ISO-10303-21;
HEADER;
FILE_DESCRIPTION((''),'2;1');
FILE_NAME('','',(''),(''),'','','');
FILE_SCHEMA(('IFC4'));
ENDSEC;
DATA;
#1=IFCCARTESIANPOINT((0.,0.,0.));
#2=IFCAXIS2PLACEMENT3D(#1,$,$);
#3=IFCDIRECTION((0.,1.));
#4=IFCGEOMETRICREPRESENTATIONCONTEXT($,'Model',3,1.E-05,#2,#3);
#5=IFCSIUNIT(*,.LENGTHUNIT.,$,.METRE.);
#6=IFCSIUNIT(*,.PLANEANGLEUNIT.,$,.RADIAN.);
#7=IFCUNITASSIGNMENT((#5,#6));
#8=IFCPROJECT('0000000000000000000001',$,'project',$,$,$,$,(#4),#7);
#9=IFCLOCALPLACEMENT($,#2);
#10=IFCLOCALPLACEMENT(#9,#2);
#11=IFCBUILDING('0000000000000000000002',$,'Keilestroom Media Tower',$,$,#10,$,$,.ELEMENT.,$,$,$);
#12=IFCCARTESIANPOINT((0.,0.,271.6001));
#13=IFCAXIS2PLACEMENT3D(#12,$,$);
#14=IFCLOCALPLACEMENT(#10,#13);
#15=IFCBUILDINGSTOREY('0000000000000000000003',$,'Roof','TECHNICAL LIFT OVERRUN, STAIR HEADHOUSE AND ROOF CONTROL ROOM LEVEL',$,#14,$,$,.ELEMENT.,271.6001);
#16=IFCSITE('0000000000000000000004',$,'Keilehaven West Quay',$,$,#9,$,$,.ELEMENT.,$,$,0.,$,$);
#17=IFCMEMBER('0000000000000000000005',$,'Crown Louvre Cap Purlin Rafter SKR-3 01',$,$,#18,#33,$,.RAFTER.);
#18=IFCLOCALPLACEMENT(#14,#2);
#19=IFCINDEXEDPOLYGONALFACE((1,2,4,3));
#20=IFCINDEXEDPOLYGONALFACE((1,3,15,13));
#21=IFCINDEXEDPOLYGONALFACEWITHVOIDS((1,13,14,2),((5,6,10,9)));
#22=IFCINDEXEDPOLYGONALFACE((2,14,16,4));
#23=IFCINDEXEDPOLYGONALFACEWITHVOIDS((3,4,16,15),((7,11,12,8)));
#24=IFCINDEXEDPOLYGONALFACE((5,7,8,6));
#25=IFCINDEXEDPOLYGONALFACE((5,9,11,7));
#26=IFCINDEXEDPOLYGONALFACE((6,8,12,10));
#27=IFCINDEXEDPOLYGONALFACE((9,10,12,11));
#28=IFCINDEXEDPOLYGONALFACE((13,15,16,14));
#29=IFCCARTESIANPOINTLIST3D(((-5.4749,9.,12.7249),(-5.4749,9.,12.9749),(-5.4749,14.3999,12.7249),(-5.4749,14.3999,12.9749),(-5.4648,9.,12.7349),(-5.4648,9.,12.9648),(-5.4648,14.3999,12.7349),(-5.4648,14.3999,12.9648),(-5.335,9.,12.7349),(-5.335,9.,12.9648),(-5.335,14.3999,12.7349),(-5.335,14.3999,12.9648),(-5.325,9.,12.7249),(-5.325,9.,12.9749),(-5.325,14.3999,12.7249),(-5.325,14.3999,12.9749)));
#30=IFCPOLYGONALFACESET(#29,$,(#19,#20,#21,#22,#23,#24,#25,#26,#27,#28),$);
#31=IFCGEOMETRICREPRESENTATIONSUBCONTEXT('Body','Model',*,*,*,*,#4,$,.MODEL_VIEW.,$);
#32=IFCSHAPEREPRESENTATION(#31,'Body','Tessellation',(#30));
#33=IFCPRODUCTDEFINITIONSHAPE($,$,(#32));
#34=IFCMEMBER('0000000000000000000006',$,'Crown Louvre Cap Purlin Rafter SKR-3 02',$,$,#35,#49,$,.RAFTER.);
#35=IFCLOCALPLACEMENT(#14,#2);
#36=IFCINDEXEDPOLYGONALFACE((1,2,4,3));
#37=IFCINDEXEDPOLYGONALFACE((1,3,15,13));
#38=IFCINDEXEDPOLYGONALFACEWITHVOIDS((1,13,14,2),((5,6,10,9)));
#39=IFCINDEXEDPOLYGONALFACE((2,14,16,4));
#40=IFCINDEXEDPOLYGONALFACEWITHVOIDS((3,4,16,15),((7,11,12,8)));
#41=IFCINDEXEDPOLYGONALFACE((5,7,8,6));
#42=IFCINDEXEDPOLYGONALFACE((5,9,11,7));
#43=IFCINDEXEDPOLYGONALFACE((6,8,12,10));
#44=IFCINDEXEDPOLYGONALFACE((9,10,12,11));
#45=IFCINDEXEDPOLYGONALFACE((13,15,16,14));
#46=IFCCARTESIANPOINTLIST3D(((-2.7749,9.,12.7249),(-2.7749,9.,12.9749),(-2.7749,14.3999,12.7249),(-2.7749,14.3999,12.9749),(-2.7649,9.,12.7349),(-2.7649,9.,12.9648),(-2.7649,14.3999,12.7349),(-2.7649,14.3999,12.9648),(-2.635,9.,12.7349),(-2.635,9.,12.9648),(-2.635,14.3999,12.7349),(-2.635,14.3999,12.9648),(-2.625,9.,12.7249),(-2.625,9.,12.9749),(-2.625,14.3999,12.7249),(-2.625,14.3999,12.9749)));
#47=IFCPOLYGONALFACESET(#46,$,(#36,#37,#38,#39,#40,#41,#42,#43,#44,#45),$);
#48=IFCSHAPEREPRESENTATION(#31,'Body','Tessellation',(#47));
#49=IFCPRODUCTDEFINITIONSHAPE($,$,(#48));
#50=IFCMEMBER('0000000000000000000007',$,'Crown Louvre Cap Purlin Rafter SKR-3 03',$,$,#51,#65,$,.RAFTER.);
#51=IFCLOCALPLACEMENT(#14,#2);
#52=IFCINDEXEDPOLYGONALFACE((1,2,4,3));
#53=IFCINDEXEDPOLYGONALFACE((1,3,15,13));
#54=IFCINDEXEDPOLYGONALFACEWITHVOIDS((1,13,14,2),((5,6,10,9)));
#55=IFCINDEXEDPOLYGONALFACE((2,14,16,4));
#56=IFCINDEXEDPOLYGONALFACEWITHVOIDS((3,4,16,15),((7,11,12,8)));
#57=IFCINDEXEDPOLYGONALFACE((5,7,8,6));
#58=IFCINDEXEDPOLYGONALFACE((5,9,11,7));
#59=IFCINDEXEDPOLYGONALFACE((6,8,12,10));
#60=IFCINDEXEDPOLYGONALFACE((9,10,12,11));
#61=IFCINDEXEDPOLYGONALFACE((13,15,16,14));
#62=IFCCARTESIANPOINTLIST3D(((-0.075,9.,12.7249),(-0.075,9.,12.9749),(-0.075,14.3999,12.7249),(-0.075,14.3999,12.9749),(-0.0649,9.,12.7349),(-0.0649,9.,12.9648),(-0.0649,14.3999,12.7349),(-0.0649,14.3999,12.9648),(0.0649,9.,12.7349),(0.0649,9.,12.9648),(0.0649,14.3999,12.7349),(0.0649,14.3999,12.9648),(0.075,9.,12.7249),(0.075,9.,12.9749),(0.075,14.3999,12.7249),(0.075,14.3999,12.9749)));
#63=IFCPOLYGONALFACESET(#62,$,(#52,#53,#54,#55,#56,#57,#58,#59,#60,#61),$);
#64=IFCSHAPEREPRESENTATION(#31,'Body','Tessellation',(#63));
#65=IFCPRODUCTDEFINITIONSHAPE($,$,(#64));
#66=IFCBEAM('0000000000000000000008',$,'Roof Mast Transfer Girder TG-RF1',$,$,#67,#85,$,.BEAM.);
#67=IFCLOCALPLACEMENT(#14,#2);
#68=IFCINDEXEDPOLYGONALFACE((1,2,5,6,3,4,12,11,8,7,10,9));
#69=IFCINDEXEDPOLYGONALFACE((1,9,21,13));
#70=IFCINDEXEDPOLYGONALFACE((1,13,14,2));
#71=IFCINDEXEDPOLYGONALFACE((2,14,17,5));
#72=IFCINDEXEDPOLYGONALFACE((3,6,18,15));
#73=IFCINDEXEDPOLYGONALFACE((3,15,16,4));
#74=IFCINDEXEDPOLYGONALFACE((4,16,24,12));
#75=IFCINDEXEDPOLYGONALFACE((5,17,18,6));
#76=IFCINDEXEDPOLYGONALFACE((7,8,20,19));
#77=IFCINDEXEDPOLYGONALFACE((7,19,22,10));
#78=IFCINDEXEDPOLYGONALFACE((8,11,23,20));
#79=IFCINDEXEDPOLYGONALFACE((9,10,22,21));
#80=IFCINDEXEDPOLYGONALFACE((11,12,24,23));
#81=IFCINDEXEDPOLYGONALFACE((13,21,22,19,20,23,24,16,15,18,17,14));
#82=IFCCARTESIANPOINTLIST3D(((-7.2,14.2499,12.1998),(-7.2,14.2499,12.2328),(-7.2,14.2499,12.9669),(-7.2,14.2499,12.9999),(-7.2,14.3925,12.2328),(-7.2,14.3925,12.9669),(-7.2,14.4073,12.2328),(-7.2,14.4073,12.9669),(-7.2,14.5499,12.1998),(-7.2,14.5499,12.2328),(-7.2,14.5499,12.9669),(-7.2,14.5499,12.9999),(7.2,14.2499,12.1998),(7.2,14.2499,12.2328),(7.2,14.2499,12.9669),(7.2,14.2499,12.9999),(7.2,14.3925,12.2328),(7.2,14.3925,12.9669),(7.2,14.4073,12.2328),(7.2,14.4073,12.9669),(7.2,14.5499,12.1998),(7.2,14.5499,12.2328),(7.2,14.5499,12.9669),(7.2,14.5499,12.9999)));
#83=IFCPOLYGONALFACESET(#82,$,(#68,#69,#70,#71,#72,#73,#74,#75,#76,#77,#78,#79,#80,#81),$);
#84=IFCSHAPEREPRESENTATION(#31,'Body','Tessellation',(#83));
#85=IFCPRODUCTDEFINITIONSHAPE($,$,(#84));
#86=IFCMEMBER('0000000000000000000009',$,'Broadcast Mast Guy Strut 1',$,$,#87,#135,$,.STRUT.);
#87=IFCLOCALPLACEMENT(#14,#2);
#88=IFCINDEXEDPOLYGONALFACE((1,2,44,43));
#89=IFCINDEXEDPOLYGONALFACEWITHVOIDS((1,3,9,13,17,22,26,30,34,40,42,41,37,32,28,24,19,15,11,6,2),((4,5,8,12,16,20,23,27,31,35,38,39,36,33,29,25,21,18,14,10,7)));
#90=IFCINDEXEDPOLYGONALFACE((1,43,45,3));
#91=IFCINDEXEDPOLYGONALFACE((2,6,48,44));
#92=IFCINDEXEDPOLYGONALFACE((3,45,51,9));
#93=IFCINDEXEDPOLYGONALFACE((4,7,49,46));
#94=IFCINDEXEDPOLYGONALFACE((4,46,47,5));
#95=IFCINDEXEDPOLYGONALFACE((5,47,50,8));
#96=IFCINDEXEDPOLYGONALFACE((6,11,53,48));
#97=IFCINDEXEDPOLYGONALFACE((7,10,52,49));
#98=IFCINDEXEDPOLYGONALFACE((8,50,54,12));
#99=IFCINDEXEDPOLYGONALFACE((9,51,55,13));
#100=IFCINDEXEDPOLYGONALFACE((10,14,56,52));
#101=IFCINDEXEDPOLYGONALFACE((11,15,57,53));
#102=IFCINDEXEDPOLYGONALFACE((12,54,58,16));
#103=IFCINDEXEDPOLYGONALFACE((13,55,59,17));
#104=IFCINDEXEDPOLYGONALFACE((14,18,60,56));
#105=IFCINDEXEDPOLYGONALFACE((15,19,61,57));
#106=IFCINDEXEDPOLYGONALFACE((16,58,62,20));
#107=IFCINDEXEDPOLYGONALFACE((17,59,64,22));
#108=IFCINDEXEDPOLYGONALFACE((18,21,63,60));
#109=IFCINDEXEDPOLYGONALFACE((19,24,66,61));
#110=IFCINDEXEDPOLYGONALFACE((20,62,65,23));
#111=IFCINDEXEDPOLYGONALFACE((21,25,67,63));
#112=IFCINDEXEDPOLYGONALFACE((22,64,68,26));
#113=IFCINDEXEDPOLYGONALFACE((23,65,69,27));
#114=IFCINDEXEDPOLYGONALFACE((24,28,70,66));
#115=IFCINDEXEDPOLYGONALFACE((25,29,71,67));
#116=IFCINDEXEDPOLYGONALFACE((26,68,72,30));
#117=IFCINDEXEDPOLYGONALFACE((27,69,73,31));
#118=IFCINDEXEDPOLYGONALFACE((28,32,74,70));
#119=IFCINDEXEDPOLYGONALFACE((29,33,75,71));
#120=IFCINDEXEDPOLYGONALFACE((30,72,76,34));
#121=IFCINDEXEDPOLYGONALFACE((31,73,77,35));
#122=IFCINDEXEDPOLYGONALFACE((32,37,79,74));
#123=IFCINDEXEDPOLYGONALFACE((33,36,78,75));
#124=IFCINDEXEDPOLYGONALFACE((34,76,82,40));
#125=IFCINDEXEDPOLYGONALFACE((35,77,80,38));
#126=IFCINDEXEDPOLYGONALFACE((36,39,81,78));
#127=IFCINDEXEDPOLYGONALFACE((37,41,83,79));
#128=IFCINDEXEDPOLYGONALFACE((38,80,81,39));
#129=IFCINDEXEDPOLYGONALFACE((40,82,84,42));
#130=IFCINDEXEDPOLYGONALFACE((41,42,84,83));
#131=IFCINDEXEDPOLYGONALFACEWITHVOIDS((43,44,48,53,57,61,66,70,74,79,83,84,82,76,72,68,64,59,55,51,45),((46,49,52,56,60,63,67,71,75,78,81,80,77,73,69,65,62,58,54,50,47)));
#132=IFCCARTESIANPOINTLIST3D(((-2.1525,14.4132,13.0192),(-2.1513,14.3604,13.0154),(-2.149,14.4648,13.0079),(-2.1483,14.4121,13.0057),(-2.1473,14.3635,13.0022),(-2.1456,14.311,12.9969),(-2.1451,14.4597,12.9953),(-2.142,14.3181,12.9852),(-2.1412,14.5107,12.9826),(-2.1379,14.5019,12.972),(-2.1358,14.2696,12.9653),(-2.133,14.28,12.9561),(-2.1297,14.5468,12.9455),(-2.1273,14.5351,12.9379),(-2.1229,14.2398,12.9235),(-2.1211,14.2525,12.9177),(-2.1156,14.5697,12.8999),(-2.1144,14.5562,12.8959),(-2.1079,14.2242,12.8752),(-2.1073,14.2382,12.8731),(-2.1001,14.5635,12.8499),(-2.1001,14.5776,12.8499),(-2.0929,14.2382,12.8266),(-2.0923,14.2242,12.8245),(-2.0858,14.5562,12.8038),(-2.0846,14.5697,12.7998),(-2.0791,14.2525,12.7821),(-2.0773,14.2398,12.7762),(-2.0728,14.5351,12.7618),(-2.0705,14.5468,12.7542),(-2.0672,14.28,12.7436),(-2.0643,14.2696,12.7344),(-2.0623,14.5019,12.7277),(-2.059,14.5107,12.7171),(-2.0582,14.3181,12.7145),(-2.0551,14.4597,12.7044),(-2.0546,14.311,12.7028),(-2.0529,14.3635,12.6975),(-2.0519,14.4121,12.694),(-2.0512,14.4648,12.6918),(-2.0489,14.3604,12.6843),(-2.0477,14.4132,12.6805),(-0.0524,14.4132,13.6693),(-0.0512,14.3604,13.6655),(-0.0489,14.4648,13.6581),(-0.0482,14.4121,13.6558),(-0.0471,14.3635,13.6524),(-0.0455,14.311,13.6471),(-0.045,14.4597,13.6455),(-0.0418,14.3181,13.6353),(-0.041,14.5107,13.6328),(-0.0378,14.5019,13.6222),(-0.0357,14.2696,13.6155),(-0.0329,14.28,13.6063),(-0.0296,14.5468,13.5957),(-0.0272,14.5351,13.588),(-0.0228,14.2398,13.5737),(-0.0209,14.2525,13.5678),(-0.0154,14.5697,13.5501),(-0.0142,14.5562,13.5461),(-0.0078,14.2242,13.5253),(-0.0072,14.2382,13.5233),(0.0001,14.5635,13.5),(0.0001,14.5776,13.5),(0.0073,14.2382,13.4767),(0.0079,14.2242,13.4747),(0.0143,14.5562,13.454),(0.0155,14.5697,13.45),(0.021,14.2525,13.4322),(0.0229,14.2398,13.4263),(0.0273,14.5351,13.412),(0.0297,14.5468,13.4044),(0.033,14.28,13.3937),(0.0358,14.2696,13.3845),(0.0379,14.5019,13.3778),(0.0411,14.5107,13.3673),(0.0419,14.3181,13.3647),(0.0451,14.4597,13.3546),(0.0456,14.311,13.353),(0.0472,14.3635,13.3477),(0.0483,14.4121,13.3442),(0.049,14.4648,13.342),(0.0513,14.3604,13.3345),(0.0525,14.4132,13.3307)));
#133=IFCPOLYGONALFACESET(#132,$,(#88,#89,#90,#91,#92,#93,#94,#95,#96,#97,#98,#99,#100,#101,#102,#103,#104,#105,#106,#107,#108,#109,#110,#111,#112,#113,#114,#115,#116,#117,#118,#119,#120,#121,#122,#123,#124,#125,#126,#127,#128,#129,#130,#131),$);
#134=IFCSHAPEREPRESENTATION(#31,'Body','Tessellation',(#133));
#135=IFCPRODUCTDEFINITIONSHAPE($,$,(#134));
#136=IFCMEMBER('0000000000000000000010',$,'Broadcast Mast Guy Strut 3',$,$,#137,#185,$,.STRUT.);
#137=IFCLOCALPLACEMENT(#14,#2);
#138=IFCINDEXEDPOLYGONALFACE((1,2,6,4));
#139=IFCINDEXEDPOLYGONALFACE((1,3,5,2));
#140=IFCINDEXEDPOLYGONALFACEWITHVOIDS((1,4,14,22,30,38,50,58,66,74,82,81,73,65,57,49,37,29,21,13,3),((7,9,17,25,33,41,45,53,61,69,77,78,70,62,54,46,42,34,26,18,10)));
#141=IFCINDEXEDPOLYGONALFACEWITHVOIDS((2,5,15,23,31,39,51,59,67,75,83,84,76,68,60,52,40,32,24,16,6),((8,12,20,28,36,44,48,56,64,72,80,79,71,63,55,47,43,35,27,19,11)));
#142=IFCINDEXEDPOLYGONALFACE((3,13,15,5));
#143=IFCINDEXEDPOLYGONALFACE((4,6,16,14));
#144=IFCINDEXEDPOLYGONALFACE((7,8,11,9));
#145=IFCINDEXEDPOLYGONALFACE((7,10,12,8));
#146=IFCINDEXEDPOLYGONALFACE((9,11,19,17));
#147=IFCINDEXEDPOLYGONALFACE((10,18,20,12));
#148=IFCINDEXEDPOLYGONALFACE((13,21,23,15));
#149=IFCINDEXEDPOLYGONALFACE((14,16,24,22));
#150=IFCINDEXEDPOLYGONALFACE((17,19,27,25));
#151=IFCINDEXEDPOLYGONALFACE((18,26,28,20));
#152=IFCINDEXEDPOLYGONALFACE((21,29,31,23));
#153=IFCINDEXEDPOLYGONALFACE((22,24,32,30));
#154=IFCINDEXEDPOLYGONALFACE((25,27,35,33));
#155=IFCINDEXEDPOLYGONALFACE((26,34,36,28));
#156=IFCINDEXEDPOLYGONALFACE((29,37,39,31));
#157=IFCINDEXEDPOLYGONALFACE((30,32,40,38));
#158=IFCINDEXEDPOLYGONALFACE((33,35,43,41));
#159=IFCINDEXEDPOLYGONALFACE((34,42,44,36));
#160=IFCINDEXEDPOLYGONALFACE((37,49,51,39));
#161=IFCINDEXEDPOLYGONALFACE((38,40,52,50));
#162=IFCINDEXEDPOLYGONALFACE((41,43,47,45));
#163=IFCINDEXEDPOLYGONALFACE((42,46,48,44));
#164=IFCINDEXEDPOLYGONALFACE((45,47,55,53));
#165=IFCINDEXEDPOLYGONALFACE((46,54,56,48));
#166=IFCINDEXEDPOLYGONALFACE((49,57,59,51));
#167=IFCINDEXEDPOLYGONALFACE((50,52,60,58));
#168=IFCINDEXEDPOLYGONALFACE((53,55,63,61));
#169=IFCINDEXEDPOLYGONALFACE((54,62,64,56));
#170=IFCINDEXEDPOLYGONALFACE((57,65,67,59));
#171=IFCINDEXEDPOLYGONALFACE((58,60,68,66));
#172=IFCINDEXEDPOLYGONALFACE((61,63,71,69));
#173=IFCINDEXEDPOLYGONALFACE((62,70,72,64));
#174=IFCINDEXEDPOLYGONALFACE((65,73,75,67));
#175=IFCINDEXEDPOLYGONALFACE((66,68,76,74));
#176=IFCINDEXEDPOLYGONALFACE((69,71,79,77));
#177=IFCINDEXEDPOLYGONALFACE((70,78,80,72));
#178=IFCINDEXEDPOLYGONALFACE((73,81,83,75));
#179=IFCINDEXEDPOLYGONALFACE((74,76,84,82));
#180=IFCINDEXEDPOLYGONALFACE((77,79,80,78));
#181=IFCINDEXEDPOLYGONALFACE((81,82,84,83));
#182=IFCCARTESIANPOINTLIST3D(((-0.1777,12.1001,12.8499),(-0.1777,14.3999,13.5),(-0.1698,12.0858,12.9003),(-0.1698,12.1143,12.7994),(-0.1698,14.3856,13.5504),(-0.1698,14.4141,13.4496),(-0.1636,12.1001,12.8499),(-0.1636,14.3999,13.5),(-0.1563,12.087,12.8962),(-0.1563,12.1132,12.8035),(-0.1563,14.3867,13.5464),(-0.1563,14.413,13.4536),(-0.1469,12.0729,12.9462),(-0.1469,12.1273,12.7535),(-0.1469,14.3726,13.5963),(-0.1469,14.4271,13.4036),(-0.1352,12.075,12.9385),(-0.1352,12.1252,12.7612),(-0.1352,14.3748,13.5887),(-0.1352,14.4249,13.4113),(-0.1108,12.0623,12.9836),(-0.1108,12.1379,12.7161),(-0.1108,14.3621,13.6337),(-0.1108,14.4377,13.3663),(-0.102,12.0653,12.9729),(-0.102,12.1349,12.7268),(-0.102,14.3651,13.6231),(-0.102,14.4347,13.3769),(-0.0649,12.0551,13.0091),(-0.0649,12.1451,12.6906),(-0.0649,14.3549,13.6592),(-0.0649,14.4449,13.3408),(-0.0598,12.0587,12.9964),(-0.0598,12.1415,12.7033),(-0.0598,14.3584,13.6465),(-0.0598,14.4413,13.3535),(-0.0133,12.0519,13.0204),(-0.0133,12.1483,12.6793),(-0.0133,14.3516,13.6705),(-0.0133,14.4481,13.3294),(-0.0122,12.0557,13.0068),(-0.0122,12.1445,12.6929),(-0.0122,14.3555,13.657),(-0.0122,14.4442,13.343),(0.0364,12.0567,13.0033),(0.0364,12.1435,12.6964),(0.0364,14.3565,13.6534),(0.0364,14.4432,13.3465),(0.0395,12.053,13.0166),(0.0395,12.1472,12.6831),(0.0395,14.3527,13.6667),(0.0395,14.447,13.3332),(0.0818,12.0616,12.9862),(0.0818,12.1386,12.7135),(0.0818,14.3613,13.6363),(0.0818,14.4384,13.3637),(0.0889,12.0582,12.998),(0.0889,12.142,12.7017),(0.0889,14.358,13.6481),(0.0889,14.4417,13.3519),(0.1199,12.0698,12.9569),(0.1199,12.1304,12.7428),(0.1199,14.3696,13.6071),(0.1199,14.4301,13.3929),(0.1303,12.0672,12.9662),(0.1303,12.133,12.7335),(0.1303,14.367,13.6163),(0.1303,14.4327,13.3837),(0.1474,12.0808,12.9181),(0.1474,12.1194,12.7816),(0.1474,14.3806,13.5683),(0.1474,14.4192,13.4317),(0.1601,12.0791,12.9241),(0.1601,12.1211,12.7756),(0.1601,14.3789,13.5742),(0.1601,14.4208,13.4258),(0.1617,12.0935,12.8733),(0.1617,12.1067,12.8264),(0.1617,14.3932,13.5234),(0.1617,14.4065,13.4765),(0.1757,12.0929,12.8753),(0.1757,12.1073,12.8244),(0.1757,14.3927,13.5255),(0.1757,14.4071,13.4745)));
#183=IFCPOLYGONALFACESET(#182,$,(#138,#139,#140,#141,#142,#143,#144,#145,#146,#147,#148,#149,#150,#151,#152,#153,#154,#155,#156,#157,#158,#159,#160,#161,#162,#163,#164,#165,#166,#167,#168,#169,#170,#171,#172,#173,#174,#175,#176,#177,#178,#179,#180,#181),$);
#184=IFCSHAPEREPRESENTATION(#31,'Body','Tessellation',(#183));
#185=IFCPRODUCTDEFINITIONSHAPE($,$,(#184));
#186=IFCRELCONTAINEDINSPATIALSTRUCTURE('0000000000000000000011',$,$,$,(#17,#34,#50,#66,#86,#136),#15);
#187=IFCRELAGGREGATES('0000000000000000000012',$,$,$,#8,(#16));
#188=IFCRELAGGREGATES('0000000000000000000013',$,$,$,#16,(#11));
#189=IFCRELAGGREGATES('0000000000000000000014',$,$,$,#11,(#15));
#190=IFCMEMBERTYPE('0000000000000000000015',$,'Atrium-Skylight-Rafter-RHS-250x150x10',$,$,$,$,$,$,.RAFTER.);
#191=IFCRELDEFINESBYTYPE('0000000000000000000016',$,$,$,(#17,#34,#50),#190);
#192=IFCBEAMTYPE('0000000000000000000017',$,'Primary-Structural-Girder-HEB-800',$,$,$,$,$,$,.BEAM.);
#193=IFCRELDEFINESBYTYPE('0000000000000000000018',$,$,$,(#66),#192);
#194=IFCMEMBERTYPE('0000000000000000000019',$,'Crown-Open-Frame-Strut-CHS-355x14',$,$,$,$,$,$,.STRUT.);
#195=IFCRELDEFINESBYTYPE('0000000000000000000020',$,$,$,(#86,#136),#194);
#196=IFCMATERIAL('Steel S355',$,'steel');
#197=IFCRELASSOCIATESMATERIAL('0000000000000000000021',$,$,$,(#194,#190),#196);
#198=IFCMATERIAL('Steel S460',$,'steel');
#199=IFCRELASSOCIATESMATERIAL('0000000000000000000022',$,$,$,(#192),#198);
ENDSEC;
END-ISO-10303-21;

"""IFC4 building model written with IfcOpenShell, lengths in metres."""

from ifc_helpers import new_model, si_unit, direction, frame, origin, origin_2d, place, context, subcontext, project, spatial, hollow_rectangle, hollow_circle, i_section, extrude, source, transform, mapped, material, material_profile, profile_set, type_object, element, save


model = new_model("IFC4")

# Units and contexts
model_context = context("Model", 3, precision=1e-05, world=origin(), true_north=direction((0.0, 1.0)))
body_context = subcontext(model_context, "Body", "Model", "MODEL_VIEW")
ifc_project = project(units=[si_unit("LENGTHUNIT", "METRE"), si_unit("PLANEANGLEUNIT", "RADIAN")], contexts=[model_context])

# Site, building, storey
site_placement = place(None, origin())
site = spatial("IfcSite", under=ifc_project, at=site_placement, Name="Keilehaven West Quay", CompositionType="ELEMENT", RefElevation=0.0)
building_placement = place(site_placement, origin())
building = spatial("IfcBuilding", under=site, at=building_placement, Name="Keilestroom Media Tower", CompositionType="ELEMENT")
storey_placement = place(building_placement, frame((0.0, 0.0, 271.6001)))
storey = spatial("IfcBuildingStorey", under=building, at=storey_placement, Name="Roof", Description="TECHNICAL LIFT OVERRUN, STAIR HEADHOUSE AND ROOF CONTROL ROOM LEVEL", CompositionType="ELEMENT", Elevation=271.6001)

# Shared definitions
ifc_material_1 = material(Name="Steel S355", Category="steel")
ifc_material_profile_1 = material_profile(ifc_material_1, hollow_circle(Radius=0.1777, WallThickness=0.0142, at=origin_2d()), Name="CHS 355.6x14.2")
ifc_profile_set_1 = profile_set([ifc_material_profile_1], Name="Steel S355")
member_type_1 = type_object("IfcMemberType", Name="Crown-Open-Frame-Strut-CHS-355x14", PredefinedType="STRUT", material=ifc_profile_set_1)

# Members
ifc_material_profile_2 = material_profile(ifc_material_1, hollow_rectangle(XDim=0.1499, YDim=0.25, WallThickness=0.01, at=origin_2d()), Name="RHS 250x150x10")
ifc_profile_set_2 = profile_set([ifc_material_profile_2], Name="Steel S355")
member_type_2 = type_object("IfcMemberType", Name="Atrium-Skylight-Rafter-RHS-250x150x10", PredefinedType="RAFTER", material=ifc_profile_set_2)
shared_shape_1 = source(origin(), body_context, "Body", "SweptSolid", [
    extrude(hollow_rectangle(XDim=0.1499, YDim=0.25, WallThickness=0.01, at=origin_2d()), origin(), (0.0, 0.0, 1.0), 5.3999),
])
for number, where, z_axis, x_axis, name in (
    (1, (-5.3999, 9.0, 12.8499), (0.0, 1.0, 0.0), (-1.0, 0.0, 0.0), "Crown Louvre Cap Purlin Rafter SKR-3 01"),
    (2, (-2.7, 9.0, 12.8499), (0.0, 1.0, 0.0), (-1.0, 0.0, 0.0), "Crown Louvre Cap Purlin Rafter SKR-3 02"),
    (3, (0.0, 9.0, 12.8499), (0.0, 1.0, 0.0), (-1.0, 0.0, 0.0), "Crown Louvre Cap Purlin Rafter SKR-3 03"),
):
    element("IfcMember", number, at=place(storey_placement, frame(where, z_axis=z_axis, x_axis=x_axis)), inside=storey, type_object=member_type_2, Name=name, PredefinedType="RAFTER", context=body_context, shape_type="MappedRepresentation", body=[
        mapped(shared_shape_1, transform((0.0, 0.0, 0.0), x_axis=(1.0, 0.0, 0.0), y_axis=(0.0, 1.0, 0.0), z_axis=(0.0, 0.0, 1.0), scale=1.0)),
    ])

# Beam
ifc_material_2 = material(Name="Steel S460", Category="steel")
ifc_material_profile_3 = material_profile(ifc_material_2, i_section(OverallWidth=0.3, OverallDepth=0.8, WebThickness=0.0149, FlangeThickness=0.033, at=origin_2d()), Name="HEB 800")
ifc_profile_set_3 = profile_set([ifc_material_profile_3], Name="Steel S460")
beam_type_1 = type_object("IfcBeamType", Name="Primary-Structural-Girder-HEB-800", PredefinedType="BEAM", material=ifc_profile_set_3)
shared_shape_2 = source(origin(), body_context, "Body", "SweptSolid", [
    extrude(i_section(OverallWidth=0.3, OverallDepth=0.8, WebThickness=0.0149, FlangeThickness=0.033, at=origin_2d()), origin(), (0.0, 0.0, 1.0), 14.3999),
])
beam_placement = place(storey_placement, frame((-7.2, 14.3999, 12.5999), z_axis=(1.0, 0.0, 0.0), x_axis=(0.0, 1.0, 0.0)))
element("IfcBeam", 4, at=beam_placement, inside=storey, type_object=beam_type_1, Name="Roof Mast Transfer Girder TG-RF1", PredefinedType="BEAM", context=body_context, shape_type="MappedRepresentation", body=[
    mapped(shared_shape_2, transform((0.0, 0.0, 0.0), x_axis=(1.0, 0.0, 0.0), y_axis=(0.0, 1.0, 0.0), z_axis=(0.0, 0.0, 1.0), scale=1.0)),
])

# Members
shared_shape_3 = source(origin(), body_context, "Body", "SweptSolid", [
    extrude(hollow_circle(Radius=0.1777, WallThickness=0.0142, at=origin_2d()), origin(), (0.0, 0.0, 1.0), 2.1985),
])
member_1_placement = place(storey_placement, frame((-2.1001, 14.3999, 12.8499), z_axis=(0.955271, 0.0, 0.295732), x_axis=(0.0, 1.0, 0.0)))
element("IfcMember", 5, at=member_1_placement, inside=storey, type_object=member_type_1, Name="Broadcast Mast Guy Strut 1", PredefinedType="STRUT", context=body_context, shape_type="MappedRepresentation", body=[
    mapped(shared_shape_3, transform((0.0, 0.0, 0.0), x_axis=(1.0, 0.0, 0.0), y_axis=(0.0, 1.0, 0.0), z_axis=(0.0, 0.0, 1.0), scale=1.0)),
])
shared_shape_4 = source(origin(), body_context, "Body", "SweptSolid", [
    extrude(hollow_circle(Radius=0.1777, WallThickness=0.0142, at=origin_2d()), origin(), (0.0, 0.0, 1.0), 2.3899),
])
member_2_placement = place(storey_placement, frame((0.0, 12.1001, 12.8499), z_axis=(0.0, 0.962287, 0.272035), x_axis=(-1.0, 0.0, 0.0)))
element("IfcMember", 6, at=member_2_placement, inside=storey, type_object=member_type_1, Name="Broadcast Mast Guy Strut 3", PredefinedType="STRUT", context=body_context, shape_type="MappedRepresentation", body=[
    mapped(shared_shape_4, transform((0.0, 0.0, 0.0), x_axis=(1.0, 0.0, 0.0), y_axis=(0.0, 1.0, 0.0), z_axis=(0.0, 0.0, 1.0), scale=1.0)),
])

save(model, "model.ifc")
